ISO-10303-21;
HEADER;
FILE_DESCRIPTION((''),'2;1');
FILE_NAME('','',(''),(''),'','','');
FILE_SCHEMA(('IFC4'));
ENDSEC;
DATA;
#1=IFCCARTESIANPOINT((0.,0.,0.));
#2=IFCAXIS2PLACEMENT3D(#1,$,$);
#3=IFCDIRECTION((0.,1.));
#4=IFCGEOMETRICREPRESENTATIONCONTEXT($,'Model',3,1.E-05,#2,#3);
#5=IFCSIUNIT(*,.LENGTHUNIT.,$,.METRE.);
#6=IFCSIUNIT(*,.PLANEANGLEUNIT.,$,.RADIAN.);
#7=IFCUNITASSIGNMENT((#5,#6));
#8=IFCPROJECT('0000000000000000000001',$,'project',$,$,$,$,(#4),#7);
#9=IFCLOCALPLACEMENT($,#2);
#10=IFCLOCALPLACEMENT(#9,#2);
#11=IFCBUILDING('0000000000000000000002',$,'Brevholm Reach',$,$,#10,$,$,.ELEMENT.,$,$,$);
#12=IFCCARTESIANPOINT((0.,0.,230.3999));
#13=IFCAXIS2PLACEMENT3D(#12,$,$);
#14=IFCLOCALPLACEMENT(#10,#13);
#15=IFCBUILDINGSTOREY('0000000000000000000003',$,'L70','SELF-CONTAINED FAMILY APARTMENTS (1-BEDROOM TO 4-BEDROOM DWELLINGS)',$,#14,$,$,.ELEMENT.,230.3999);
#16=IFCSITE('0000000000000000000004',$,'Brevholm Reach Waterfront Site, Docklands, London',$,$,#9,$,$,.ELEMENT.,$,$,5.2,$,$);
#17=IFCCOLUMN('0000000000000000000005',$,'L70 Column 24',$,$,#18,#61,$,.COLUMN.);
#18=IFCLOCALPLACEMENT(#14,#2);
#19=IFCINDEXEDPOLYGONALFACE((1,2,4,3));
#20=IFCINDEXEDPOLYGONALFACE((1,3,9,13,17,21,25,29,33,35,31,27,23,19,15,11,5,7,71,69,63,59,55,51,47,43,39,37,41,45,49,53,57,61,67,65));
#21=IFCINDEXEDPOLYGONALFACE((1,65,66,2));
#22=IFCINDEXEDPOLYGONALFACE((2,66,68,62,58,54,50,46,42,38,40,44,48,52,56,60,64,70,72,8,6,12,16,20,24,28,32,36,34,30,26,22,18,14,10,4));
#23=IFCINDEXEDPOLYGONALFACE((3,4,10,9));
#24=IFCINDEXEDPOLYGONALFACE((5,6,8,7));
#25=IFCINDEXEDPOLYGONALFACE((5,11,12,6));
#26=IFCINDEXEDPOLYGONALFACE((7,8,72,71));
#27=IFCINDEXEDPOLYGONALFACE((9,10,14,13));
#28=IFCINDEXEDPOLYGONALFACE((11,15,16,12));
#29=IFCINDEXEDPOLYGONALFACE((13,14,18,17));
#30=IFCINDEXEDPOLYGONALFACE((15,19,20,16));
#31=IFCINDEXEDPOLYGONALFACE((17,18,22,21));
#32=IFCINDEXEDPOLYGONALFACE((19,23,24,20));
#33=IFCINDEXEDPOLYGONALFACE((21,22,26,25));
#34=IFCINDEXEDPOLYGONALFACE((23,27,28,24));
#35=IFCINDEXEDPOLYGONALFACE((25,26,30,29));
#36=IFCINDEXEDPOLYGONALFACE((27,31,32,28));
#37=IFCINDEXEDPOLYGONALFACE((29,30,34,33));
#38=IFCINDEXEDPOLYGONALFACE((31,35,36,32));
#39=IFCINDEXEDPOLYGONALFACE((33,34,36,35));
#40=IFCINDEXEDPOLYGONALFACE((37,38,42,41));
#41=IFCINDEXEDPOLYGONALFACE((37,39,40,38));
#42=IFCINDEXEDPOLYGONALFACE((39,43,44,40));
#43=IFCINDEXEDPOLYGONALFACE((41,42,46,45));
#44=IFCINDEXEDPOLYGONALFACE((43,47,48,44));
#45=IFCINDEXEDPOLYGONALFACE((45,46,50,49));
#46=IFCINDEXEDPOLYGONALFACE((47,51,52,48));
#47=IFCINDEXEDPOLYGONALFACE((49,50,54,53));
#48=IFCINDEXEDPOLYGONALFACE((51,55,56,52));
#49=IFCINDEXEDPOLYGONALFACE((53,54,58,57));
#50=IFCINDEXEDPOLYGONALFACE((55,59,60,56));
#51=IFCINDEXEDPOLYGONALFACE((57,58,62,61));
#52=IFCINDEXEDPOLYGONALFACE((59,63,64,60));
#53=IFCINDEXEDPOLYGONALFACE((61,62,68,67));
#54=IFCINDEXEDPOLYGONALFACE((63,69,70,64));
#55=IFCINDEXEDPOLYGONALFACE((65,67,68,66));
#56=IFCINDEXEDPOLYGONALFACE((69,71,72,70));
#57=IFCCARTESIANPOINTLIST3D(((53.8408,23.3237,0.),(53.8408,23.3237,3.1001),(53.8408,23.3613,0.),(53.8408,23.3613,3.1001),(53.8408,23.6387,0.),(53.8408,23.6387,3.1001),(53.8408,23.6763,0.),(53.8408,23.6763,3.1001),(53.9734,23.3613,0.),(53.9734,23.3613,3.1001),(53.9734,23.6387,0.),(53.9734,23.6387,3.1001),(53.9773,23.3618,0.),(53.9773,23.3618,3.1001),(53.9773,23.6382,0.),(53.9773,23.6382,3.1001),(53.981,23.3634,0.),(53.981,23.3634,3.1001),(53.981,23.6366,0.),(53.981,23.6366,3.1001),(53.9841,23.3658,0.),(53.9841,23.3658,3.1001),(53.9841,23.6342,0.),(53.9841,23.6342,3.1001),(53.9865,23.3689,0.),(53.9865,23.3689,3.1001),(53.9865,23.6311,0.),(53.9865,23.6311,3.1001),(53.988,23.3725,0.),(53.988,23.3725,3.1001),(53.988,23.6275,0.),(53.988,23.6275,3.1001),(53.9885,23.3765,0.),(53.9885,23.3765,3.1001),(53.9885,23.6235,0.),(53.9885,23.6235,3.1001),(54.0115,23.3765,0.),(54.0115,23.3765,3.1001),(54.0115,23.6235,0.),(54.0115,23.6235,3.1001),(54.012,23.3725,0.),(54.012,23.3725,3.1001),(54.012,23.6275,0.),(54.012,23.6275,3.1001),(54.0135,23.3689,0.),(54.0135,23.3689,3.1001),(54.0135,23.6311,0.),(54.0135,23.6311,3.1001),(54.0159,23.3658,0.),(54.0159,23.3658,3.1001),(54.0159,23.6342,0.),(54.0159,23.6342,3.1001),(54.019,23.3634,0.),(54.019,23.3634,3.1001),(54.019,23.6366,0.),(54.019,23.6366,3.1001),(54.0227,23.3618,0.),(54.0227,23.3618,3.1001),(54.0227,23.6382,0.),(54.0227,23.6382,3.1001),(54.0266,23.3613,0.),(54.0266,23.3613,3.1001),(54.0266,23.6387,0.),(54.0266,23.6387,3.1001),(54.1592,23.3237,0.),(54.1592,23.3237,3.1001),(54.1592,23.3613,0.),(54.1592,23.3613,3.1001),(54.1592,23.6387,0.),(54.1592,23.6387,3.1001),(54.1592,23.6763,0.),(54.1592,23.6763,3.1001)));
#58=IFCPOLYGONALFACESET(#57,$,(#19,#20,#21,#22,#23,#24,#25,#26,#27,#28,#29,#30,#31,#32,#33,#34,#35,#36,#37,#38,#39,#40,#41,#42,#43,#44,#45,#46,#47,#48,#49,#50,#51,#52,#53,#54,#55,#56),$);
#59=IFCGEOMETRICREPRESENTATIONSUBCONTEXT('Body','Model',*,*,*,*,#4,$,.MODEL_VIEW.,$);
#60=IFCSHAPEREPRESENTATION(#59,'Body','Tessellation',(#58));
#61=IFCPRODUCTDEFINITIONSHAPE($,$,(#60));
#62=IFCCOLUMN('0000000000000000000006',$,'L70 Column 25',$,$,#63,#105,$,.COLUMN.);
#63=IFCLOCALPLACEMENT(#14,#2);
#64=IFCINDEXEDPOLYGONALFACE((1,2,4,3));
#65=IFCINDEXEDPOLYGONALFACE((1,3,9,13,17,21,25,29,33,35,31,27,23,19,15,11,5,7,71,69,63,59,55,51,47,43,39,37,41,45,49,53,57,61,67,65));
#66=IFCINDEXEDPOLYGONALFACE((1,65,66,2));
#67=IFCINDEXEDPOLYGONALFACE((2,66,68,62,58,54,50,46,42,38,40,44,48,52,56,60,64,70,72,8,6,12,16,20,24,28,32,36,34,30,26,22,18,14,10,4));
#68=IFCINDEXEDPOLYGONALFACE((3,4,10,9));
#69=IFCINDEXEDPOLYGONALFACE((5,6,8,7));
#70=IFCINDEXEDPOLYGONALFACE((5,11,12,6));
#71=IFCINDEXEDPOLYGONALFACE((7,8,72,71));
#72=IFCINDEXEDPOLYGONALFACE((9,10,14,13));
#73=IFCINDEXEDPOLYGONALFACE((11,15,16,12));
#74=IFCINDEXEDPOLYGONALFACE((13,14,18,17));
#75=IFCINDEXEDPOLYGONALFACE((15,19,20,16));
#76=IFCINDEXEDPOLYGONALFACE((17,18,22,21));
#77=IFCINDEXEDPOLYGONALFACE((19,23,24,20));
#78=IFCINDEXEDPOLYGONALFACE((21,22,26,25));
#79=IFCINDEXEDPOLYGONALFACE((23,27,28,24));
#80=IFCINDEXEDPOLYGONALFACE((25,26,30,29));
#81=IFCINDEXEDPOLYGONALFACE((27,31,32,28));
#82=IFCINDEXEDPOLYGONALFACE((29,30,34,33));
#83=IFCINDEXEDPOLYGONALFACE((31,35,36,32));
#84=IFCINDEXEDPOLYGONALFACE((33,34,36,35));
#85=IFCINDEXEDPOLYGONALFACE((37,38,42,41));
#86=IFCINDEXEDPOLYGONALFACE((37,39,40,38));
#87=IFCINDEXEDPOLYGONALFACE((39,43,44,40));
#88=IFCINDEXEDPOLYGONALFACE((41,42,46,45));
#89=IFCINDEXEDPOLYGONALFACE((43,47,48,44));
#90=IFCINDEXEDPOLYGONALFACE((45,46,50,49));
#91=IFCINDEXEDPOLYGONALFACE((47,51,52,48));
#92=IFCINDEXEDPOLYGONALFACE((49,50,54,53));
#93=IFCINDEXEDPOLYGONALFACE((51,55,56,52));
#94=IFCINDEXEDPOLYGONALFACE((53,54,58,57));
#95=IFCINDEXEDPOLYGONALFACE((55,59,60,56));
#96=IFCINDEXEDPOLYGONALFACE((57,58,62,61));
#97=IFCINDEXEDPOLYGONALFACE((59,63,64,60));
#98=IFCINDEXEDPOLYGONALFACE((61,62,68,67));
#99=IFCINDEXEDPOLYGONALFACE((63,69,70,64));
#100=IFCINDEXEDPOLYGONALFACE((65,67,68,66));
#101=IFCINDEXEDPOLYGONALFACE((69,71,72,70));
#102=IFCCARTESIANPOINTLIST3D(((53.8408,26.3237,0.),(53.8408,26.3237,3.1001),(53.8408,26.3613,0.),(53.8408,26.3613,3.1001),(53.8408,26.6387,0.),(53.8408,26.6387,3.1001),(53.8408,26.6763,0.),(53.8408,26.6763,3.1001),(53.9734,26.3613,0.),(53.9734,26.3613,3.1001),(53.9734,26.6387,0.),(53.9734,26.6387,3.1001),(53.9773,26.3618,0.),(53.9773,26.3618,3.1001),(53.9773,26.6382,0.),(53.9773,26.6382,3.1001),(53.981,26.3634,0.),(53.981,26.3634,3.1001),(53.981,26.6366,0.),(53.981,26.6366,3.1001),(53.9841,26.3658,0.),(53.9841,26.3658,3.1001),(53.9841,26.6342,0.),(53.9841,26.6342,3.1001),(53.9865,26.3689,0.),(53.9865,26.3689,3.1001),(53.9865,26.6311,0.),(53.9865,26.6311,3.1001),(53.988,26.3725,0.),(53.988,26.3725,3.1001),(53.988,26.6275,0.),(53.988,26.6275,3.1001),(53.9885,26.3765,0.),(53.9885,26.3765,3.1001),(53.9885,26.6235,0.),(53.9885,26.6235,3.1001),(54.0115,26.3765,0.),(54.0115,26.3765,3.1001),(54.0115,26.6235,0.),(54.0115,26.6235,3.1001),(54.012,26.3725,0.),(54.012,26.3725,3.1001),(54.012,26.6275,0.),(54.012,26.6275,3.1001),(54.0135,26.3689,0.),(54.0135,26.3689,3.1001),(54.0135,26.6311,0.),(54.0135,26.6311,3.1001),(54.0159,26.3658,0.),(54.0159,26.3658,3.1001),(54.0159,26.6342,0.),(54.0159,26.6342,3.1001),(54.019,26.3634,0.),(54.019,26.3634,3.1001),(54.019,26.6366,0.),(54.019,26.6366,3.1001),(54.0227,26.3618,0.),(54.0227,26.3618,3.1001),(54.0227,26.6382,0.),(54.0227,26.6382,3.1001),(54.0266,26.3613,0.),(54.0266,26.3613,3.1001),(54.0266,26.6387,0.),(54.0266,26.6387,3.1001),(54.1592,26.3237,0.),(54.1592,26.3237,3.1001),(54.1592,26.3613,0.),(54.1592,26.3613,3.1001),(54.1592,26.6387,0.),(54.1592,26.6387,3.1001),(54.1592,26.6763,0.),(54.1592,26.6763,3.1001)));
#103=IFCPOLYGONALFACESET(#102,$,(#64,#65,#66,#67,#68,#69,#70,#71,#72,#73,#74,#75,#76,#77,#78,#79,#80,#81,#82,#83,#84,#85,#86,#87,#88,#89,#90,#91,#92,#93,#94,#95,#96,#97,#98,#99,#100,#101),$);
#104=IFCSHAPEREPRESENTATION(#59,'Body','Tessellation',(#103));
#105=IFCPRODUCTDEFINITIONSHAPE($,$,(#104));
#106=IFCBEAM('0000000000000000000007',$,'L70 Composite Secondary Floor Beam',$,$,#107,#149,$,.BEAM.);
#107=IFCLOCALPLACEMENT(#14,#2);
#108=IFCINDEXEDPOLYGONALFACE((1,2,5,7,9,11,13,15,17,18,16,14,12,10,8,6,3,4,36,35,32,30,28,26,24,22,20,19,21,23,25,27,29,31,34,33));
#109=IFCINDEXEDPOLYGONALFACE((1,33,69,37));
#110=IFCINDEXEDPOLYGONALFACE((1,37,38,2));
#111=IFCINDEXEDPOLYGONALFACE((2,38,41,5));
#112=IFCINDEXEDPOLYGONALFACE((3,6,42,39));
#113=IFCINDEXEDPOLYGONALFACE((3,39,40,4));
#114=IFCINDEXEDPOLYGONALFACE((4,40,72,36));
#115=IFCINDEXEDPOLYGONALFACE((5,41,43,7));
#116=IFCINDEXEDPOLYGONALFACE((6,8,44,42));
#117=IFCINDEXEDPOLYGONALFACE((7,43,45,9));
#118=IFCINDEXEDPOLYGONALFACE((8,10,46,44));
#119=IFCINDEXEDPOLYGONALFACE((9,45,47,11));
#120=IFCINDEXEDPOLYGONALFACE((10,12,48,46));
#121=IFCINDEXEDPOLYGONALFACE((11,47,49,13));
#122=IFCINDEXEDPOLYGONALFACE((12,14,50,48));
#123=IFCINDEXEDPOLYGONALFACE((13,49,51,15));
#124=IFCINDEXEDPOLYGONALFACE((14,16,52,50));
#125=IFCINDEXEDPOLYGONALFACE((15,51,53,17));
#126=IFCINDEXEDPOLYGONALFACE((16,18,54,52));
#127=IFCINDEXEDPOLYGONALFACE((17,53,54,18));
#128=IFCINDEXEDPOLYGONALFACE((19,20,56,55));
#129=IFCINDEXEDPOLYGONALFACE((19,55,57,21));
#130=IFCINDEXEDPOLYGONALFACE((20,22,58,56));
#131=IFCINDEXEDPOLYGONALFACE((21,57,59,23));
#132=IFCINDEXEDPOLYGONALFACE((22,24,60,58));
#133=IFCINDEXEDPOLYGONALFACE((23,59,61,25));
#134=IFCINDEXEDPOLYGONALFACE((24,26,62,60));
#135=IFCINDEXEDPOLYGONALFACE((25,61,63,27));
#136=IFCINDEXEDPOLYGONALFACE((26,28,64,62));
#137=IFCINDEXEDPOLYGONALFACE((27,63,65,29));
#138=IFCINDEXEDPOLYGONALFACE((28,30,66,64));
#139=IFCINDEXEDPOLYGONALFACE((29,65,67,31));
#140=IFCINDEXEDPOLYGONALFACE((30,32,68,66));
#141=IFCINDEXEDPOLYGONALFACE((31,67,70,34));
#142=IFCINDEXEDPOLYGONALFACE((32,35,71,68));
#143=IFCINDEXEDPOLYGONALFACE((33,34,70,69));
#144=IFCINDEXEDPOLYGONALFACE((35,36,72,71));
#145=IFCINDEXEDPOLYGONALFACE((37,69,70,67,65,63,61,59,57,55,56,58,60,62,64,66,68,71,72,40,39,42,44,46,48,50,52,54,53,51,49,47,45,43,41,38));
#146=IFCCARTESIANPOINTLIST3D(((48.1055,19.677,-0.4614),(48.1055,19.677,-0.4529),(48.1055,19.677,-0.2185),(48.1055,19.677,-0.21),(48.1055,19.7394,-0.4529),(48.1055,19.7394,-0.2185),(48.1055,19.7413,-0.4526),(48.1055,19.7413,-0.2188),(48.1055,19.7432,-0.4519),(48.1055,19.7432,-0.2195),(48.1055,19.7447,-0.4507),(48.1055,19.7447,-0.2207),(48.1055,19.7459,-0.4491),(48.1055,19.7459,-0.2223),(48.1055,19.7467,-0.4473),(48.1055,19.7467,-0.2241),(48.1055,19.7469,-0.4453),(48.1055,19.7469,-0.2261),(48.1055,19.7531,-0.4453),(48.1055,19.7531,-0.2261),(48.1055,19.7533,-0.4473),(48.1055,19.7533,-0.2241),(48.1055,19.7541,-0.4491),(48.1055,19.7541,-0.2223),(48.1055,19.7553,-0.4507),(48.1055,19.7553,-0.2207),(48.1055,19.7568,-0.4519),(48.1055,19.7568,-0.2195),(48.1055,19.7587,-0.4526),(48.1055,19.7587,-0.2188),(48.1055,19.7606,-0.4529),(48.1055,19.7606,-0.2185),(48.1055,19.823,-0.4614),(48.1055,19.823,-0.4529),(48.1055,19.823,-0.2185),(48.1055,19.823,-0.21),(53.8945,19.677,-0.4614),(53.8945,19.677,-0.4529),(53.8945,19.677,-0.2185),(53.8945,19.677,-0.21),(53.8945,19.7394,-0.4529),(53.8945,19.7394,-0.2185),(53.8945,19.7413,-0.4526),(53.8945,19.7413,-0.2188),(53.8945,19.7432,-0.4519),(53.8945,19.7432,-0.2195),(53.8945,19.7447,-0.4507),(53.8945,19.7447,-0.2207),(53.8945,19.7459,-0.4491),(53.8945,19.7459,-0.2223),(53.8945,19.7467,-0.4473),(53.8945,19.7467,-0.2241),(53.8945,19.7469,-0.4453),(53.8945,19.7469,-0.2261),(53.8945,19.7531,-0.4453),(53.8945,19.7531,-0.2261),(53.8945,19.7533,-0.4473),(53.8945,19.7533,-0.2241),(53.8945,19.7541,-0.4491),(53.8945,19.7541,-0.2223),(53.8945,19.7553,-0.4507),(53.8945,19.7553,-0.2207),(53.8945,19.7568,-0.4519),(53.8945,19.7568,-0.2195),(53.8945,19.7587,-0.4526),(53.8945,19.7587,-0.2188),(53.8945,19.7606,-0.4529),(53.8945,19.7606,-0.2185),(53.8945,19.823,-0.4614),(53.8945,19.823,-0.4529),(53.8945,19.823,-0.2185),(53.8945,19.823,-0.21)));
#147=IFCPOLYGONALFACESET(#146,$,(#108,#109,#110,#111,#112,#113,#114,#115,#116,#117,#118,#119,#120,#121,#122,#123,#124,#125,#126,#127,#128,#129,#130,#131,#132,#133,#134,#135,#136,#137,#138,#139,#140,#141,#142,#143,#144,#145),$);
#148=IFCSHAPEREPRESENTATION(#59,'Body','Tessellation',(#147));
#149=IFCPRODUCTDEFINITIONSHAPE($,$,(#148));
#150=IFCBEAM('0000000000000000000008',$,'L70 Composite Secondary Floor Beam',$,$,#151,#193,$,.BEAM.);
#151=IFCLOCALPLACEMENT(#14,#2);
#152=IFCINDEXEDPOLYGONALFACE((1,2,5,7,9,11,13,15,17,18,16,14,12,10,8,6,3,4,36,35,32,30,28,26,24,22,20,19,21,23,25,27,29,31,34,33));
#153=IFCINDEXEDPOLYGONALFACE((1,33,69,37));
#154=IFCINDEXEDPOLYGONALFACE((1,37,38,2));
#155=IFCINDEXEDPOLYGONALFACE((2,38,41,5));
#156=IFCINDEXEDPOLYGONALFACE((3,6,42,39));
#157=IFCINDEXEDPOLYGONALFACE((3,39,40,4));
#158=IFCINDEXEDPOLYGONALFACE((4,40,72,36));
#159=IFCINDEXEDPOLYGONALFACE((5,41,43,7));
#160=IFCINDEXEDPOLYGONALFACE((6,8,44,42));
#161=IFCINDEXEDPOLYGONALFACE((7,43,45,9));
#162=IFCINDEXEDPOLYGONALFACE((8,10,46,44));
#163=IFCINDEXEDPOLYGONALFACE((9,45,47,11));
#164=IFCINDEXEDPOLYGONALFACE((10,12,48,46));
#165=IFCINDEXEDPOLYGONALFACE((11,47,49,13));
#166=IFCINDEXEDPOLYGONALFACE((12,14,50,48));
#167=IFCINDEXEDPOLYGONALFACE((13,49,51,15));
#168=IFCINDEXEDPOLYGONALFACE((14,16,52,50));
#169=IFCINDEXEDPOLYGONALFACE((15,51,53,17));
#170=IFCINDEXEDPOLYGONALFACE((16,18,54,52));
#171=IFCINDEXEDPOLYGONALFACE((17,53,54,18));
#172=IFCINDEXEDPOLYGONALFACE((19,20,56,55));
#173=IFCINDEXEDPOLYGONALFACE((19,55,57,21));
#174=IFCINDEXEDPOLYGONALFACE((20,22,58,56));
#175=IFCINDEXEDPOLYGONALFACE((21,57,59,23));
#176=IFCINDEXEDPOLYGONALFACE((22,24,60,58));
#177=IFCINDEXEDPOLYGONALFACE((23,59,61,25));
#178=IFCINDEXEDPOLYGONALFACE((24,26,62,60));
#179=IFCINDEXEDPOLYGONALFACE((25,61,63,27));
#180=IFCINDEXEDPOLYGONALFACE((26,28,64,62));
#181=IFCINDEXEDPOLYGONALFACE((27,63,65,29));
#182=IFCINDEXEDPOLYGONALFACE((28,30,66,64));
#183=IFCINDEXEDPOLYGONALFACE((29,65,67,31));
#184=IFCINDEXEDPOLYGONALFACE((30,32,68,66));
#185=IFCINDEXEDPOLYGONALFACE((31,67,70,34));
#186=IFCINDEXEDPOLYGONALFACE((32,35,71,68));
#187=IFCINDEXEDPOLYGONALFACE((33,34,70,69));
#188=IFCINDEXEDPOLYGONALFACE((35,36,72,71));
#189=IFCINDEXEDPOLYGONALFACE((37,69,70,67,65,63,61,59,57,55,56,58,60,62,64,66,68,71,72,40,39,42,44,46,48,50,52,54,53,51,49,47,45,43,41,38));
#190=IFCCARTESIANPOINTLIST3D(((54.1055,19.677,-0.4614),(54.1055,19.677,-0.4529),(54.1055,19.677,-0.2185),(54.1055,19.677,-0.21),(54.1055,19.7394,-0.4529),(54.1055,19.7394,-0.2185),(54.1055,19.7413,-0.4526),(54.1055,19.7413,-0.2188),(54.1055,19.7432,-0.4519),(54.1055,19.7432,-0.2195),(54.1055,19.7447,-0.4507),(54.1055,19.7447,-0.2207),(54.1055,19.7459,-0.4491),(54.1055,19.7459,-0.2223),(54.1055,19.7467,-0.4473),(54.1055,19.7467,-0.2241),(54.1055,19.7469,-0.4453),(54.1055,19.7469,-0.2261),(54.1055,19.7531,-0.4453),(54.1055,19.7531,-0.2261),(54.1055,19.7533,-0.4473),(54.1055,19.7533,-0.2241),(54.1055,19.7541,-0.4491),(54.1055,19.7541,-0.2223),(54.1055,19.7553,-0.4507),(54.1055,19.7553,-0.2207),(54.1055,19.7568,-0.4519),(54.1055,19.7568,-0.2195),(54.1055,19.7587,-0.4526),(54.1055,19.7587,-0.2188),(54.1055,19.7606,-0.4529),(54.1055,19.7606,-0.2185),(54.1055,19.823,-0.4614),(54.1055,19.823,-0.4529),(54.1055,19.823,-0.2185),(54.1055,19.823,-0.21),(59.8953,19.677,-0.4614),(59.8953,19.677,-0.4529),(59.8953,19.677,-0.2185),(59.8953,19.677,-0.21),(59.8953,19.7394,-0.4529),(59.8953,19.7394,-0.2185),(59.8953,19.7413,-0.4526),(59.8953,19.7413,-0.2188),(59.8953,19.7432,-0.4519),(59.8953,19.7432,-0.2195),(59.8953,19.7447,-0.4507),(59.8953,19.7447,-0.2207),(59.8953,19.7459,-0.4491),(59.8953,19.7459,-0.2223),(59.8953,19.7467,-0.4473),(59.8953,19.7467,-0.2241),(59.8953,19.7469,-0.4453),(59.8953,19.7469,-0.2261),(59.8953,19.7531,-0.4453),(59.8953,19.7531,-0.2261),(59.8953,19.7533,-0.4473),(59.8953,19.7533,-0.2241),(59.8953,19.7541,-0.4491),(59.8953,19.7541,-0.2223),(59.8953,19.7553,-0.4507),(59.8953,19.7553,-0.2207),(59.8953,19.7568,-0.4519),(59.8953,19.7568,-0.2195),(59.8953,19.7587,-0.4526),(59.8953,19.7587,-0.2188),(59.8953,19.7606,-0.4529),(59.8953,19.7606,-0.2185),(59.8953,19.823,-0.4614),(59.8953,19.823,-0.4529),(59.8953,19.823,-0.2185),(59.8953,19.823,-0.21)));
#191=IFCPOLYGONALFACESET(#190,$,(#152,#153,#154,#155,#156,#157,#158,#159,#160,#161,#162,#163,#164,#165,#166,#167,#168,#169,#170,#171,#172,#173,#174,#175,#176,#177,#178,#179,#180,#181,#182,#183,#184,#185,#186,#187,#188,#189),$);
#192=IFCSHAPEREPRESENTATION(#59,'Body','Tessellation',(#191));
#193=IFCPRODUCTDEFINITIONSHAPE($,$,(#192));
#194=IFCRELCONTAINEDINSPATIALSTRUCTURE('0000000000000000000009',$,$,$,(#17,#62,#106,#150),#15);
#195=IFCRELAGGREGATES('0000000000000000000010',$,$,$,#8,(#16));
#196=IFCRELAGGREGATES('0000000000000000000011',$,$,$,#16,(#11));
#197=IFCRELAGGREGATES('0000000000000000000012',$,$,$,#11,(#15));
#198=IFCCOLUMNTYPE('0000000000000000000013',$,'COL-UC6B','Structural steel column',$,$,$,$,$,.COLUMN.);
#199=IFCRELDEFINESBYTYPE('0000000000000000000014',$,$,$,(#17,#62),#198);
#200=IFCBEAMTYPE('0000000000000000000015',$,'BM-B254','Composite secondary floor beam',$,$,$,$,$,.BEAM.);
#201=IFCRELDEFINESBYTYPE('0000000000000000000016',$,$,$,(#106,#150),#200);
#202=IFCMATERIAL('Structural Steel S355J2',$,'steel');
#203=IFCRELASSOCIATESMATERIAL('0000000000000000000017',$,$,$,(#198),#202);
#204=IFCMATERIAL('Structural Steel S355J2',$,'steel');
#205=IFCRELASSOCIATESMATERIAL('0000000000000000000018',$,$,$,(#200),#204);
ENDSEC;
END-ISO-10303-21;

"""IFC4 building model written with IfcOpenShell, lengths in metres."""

from ifc_helpers import new_model, si_unit, direction, frame, origin, origin_2d, place, context, subcontext, project, spatial, i_section, extrude, material, material_profile, profile_set, type_object, element, save


model = new_model("IFC4")

# Units and contexts
model_context = context("Model", 3, precision=1e-05, world=origin(), true_north=direction((0.0, 1.0)))
body_context = subcontext(model_context, "Body", "Model", "MODEL_VIEW")
ifc_project = project(units=[si_unit("LENGTHUNIT", "METRE"), si_unit("PLANEANGLEUNIT", "RADIAN")], contexts=[model_context])

# Site, building, storey
site_placement = place(None, origin())
site = spatial("IfcSite", under=ifc_project, at=site_placement, Name="Brevholm Reach Waterfront Site, Docklands, London", CompositionType="ELEMENT", RefElevation=5.2)
building_placement = place(site_placement, origin())
building = spatial("IfcBuilding", under=site, at=building_placement, Name="Brevholm Reach", CompositionType="ELEMENT")
storey_placement = place(building_placement, frame((0.0, 0.0, 230.3999)))
storey = spatial("IfcBuildingStorey", under=building, at=storey_placement, Name="L70", Description="SELF-CONTAINED FAMILY APARTMENTS (1-BEDROOM TO 4-BEDROOM DWELLINGS)", CompositionType="ELEMENT", Elevation=230.3999)

# Columns
ifc_material_1 = material(Name="Structural Steel S355J2", Category="steel")
ifc_material_profile_1 = material_profile(ifc_material_1, i_section(OverallWidth=0.3184, OverallDepth=0.3525, WebThickness=0.0229, FlangeThickness=0.0376, FilletRadius=0.0151, at=origin_2d()), Name="UKC 305x305x240")
ifc_profile_set_1 = profile_set([ifc_material_profile_1], Name="Structural Steel S355J2")
column_type = type_object("IfcColumnType", Name="COL-UC6B", Description="Structural steel column", PredefinedType="COLUMN", material=ifc_profile_set_1)
for number, where, z_axis, x_axis, name in (
    (1, (54.0, 23.5, 0.0), (0.0, 0.0, 1.0), (1.0, 0.0, 0.0), "L70 Column 24"),
    (2, (54.0, 26.5, 0.0), (0.0, 0.0, 1.0), (1.0, 0.0, 0.0), "L70 Column 25"),
):
    element("IfcColumn", number, at=place(storey_placement, frame(where, z_axis=z_axis, x_axis=x_axis)), inside=storey, type_object=column_type, Name=name, PredefinedType="COLUMN", context=body_context, shape_type="SweptSolid", body=[
        extrude(i_section(OverallWidth=0.3184, OverallDepth=0.3525, WebThickness=0.0229, FlangeThickness=0.0376, FilletRadius=0.0151, at=origin_2d()), origin(), (0.0, 0.0, 1.0), 3.1001),
    ])

# Beams
ifc_material_2 = material(Name="Structural Steel S355J2", Category="steel")
ifc_material_profile_2 = material_profile(ifc_material_2, i_section(OverallWidth=0.146, OverallDepth=0.2515, WebThickness=0.0061, FlangeThickness=0.0085, FilletRadius=0.0076, at=origin_2d()), Name="UKB 254x146x31")
ifc_profile_set_2 = profile_set([ifc_material_profile_2], Name="Structural Steel S355J2")
beam_type_1 = type_object("IfcBeamType", Name="BM-B254", Description="Composite secondary floor beam", PredefinedType="BEAM", material=ifc_profile_set_2)
beam_1_placement = place(storey_placement, frame((48.1055, 19.75, -0.3357), z_axis=(1.0, 0.0, 0.0), x_axis=(0.0, 1.0, 0.0)))
element("IfcBeam", 3, at=beam_1_placement, inside=storey, type_object=beam_type_1, Name="L70 Composite Secondary Floor Beam", PredefinedType="BEAM", context=body_context, shape_type="SweptSolid", body=[
    extrude(i_section(OverallWidth=0.146, OverallDepth=0.2515, WebThickness=0.0061, FlangeThickness=0.0085, FilletRadius=0.0076, at=origin_2d()), origin(), (0.0, 0.0, 1.0), 5.7891),
])
beam_2_placement = place(storey_placement, frame((54.1055, 19.75, -0.3357), z_axis=(1.0, 0.0, 0.0), x_axis=(0.0, 1.0, 0.0)))
element("IfcBeam", 4, at=beam_2_placement, inside=storey, type_object=beam_type_1, Name="L70 Composite Secondary Floor Beam", PredefinedType="BEAM", context=body_context, shape_type="SweptSolid", body=[
    extrude(i_section(OverallWidth=0.146, OverallDepth=0.2515, WebThickness=0.0061, FlangeThickness=0.0085, FilletRadius=0.0076, at=origin_2d()), origin(), (0.0, 0.0, 1.0), 5.7898),
])

save(model, "model.ifc")
